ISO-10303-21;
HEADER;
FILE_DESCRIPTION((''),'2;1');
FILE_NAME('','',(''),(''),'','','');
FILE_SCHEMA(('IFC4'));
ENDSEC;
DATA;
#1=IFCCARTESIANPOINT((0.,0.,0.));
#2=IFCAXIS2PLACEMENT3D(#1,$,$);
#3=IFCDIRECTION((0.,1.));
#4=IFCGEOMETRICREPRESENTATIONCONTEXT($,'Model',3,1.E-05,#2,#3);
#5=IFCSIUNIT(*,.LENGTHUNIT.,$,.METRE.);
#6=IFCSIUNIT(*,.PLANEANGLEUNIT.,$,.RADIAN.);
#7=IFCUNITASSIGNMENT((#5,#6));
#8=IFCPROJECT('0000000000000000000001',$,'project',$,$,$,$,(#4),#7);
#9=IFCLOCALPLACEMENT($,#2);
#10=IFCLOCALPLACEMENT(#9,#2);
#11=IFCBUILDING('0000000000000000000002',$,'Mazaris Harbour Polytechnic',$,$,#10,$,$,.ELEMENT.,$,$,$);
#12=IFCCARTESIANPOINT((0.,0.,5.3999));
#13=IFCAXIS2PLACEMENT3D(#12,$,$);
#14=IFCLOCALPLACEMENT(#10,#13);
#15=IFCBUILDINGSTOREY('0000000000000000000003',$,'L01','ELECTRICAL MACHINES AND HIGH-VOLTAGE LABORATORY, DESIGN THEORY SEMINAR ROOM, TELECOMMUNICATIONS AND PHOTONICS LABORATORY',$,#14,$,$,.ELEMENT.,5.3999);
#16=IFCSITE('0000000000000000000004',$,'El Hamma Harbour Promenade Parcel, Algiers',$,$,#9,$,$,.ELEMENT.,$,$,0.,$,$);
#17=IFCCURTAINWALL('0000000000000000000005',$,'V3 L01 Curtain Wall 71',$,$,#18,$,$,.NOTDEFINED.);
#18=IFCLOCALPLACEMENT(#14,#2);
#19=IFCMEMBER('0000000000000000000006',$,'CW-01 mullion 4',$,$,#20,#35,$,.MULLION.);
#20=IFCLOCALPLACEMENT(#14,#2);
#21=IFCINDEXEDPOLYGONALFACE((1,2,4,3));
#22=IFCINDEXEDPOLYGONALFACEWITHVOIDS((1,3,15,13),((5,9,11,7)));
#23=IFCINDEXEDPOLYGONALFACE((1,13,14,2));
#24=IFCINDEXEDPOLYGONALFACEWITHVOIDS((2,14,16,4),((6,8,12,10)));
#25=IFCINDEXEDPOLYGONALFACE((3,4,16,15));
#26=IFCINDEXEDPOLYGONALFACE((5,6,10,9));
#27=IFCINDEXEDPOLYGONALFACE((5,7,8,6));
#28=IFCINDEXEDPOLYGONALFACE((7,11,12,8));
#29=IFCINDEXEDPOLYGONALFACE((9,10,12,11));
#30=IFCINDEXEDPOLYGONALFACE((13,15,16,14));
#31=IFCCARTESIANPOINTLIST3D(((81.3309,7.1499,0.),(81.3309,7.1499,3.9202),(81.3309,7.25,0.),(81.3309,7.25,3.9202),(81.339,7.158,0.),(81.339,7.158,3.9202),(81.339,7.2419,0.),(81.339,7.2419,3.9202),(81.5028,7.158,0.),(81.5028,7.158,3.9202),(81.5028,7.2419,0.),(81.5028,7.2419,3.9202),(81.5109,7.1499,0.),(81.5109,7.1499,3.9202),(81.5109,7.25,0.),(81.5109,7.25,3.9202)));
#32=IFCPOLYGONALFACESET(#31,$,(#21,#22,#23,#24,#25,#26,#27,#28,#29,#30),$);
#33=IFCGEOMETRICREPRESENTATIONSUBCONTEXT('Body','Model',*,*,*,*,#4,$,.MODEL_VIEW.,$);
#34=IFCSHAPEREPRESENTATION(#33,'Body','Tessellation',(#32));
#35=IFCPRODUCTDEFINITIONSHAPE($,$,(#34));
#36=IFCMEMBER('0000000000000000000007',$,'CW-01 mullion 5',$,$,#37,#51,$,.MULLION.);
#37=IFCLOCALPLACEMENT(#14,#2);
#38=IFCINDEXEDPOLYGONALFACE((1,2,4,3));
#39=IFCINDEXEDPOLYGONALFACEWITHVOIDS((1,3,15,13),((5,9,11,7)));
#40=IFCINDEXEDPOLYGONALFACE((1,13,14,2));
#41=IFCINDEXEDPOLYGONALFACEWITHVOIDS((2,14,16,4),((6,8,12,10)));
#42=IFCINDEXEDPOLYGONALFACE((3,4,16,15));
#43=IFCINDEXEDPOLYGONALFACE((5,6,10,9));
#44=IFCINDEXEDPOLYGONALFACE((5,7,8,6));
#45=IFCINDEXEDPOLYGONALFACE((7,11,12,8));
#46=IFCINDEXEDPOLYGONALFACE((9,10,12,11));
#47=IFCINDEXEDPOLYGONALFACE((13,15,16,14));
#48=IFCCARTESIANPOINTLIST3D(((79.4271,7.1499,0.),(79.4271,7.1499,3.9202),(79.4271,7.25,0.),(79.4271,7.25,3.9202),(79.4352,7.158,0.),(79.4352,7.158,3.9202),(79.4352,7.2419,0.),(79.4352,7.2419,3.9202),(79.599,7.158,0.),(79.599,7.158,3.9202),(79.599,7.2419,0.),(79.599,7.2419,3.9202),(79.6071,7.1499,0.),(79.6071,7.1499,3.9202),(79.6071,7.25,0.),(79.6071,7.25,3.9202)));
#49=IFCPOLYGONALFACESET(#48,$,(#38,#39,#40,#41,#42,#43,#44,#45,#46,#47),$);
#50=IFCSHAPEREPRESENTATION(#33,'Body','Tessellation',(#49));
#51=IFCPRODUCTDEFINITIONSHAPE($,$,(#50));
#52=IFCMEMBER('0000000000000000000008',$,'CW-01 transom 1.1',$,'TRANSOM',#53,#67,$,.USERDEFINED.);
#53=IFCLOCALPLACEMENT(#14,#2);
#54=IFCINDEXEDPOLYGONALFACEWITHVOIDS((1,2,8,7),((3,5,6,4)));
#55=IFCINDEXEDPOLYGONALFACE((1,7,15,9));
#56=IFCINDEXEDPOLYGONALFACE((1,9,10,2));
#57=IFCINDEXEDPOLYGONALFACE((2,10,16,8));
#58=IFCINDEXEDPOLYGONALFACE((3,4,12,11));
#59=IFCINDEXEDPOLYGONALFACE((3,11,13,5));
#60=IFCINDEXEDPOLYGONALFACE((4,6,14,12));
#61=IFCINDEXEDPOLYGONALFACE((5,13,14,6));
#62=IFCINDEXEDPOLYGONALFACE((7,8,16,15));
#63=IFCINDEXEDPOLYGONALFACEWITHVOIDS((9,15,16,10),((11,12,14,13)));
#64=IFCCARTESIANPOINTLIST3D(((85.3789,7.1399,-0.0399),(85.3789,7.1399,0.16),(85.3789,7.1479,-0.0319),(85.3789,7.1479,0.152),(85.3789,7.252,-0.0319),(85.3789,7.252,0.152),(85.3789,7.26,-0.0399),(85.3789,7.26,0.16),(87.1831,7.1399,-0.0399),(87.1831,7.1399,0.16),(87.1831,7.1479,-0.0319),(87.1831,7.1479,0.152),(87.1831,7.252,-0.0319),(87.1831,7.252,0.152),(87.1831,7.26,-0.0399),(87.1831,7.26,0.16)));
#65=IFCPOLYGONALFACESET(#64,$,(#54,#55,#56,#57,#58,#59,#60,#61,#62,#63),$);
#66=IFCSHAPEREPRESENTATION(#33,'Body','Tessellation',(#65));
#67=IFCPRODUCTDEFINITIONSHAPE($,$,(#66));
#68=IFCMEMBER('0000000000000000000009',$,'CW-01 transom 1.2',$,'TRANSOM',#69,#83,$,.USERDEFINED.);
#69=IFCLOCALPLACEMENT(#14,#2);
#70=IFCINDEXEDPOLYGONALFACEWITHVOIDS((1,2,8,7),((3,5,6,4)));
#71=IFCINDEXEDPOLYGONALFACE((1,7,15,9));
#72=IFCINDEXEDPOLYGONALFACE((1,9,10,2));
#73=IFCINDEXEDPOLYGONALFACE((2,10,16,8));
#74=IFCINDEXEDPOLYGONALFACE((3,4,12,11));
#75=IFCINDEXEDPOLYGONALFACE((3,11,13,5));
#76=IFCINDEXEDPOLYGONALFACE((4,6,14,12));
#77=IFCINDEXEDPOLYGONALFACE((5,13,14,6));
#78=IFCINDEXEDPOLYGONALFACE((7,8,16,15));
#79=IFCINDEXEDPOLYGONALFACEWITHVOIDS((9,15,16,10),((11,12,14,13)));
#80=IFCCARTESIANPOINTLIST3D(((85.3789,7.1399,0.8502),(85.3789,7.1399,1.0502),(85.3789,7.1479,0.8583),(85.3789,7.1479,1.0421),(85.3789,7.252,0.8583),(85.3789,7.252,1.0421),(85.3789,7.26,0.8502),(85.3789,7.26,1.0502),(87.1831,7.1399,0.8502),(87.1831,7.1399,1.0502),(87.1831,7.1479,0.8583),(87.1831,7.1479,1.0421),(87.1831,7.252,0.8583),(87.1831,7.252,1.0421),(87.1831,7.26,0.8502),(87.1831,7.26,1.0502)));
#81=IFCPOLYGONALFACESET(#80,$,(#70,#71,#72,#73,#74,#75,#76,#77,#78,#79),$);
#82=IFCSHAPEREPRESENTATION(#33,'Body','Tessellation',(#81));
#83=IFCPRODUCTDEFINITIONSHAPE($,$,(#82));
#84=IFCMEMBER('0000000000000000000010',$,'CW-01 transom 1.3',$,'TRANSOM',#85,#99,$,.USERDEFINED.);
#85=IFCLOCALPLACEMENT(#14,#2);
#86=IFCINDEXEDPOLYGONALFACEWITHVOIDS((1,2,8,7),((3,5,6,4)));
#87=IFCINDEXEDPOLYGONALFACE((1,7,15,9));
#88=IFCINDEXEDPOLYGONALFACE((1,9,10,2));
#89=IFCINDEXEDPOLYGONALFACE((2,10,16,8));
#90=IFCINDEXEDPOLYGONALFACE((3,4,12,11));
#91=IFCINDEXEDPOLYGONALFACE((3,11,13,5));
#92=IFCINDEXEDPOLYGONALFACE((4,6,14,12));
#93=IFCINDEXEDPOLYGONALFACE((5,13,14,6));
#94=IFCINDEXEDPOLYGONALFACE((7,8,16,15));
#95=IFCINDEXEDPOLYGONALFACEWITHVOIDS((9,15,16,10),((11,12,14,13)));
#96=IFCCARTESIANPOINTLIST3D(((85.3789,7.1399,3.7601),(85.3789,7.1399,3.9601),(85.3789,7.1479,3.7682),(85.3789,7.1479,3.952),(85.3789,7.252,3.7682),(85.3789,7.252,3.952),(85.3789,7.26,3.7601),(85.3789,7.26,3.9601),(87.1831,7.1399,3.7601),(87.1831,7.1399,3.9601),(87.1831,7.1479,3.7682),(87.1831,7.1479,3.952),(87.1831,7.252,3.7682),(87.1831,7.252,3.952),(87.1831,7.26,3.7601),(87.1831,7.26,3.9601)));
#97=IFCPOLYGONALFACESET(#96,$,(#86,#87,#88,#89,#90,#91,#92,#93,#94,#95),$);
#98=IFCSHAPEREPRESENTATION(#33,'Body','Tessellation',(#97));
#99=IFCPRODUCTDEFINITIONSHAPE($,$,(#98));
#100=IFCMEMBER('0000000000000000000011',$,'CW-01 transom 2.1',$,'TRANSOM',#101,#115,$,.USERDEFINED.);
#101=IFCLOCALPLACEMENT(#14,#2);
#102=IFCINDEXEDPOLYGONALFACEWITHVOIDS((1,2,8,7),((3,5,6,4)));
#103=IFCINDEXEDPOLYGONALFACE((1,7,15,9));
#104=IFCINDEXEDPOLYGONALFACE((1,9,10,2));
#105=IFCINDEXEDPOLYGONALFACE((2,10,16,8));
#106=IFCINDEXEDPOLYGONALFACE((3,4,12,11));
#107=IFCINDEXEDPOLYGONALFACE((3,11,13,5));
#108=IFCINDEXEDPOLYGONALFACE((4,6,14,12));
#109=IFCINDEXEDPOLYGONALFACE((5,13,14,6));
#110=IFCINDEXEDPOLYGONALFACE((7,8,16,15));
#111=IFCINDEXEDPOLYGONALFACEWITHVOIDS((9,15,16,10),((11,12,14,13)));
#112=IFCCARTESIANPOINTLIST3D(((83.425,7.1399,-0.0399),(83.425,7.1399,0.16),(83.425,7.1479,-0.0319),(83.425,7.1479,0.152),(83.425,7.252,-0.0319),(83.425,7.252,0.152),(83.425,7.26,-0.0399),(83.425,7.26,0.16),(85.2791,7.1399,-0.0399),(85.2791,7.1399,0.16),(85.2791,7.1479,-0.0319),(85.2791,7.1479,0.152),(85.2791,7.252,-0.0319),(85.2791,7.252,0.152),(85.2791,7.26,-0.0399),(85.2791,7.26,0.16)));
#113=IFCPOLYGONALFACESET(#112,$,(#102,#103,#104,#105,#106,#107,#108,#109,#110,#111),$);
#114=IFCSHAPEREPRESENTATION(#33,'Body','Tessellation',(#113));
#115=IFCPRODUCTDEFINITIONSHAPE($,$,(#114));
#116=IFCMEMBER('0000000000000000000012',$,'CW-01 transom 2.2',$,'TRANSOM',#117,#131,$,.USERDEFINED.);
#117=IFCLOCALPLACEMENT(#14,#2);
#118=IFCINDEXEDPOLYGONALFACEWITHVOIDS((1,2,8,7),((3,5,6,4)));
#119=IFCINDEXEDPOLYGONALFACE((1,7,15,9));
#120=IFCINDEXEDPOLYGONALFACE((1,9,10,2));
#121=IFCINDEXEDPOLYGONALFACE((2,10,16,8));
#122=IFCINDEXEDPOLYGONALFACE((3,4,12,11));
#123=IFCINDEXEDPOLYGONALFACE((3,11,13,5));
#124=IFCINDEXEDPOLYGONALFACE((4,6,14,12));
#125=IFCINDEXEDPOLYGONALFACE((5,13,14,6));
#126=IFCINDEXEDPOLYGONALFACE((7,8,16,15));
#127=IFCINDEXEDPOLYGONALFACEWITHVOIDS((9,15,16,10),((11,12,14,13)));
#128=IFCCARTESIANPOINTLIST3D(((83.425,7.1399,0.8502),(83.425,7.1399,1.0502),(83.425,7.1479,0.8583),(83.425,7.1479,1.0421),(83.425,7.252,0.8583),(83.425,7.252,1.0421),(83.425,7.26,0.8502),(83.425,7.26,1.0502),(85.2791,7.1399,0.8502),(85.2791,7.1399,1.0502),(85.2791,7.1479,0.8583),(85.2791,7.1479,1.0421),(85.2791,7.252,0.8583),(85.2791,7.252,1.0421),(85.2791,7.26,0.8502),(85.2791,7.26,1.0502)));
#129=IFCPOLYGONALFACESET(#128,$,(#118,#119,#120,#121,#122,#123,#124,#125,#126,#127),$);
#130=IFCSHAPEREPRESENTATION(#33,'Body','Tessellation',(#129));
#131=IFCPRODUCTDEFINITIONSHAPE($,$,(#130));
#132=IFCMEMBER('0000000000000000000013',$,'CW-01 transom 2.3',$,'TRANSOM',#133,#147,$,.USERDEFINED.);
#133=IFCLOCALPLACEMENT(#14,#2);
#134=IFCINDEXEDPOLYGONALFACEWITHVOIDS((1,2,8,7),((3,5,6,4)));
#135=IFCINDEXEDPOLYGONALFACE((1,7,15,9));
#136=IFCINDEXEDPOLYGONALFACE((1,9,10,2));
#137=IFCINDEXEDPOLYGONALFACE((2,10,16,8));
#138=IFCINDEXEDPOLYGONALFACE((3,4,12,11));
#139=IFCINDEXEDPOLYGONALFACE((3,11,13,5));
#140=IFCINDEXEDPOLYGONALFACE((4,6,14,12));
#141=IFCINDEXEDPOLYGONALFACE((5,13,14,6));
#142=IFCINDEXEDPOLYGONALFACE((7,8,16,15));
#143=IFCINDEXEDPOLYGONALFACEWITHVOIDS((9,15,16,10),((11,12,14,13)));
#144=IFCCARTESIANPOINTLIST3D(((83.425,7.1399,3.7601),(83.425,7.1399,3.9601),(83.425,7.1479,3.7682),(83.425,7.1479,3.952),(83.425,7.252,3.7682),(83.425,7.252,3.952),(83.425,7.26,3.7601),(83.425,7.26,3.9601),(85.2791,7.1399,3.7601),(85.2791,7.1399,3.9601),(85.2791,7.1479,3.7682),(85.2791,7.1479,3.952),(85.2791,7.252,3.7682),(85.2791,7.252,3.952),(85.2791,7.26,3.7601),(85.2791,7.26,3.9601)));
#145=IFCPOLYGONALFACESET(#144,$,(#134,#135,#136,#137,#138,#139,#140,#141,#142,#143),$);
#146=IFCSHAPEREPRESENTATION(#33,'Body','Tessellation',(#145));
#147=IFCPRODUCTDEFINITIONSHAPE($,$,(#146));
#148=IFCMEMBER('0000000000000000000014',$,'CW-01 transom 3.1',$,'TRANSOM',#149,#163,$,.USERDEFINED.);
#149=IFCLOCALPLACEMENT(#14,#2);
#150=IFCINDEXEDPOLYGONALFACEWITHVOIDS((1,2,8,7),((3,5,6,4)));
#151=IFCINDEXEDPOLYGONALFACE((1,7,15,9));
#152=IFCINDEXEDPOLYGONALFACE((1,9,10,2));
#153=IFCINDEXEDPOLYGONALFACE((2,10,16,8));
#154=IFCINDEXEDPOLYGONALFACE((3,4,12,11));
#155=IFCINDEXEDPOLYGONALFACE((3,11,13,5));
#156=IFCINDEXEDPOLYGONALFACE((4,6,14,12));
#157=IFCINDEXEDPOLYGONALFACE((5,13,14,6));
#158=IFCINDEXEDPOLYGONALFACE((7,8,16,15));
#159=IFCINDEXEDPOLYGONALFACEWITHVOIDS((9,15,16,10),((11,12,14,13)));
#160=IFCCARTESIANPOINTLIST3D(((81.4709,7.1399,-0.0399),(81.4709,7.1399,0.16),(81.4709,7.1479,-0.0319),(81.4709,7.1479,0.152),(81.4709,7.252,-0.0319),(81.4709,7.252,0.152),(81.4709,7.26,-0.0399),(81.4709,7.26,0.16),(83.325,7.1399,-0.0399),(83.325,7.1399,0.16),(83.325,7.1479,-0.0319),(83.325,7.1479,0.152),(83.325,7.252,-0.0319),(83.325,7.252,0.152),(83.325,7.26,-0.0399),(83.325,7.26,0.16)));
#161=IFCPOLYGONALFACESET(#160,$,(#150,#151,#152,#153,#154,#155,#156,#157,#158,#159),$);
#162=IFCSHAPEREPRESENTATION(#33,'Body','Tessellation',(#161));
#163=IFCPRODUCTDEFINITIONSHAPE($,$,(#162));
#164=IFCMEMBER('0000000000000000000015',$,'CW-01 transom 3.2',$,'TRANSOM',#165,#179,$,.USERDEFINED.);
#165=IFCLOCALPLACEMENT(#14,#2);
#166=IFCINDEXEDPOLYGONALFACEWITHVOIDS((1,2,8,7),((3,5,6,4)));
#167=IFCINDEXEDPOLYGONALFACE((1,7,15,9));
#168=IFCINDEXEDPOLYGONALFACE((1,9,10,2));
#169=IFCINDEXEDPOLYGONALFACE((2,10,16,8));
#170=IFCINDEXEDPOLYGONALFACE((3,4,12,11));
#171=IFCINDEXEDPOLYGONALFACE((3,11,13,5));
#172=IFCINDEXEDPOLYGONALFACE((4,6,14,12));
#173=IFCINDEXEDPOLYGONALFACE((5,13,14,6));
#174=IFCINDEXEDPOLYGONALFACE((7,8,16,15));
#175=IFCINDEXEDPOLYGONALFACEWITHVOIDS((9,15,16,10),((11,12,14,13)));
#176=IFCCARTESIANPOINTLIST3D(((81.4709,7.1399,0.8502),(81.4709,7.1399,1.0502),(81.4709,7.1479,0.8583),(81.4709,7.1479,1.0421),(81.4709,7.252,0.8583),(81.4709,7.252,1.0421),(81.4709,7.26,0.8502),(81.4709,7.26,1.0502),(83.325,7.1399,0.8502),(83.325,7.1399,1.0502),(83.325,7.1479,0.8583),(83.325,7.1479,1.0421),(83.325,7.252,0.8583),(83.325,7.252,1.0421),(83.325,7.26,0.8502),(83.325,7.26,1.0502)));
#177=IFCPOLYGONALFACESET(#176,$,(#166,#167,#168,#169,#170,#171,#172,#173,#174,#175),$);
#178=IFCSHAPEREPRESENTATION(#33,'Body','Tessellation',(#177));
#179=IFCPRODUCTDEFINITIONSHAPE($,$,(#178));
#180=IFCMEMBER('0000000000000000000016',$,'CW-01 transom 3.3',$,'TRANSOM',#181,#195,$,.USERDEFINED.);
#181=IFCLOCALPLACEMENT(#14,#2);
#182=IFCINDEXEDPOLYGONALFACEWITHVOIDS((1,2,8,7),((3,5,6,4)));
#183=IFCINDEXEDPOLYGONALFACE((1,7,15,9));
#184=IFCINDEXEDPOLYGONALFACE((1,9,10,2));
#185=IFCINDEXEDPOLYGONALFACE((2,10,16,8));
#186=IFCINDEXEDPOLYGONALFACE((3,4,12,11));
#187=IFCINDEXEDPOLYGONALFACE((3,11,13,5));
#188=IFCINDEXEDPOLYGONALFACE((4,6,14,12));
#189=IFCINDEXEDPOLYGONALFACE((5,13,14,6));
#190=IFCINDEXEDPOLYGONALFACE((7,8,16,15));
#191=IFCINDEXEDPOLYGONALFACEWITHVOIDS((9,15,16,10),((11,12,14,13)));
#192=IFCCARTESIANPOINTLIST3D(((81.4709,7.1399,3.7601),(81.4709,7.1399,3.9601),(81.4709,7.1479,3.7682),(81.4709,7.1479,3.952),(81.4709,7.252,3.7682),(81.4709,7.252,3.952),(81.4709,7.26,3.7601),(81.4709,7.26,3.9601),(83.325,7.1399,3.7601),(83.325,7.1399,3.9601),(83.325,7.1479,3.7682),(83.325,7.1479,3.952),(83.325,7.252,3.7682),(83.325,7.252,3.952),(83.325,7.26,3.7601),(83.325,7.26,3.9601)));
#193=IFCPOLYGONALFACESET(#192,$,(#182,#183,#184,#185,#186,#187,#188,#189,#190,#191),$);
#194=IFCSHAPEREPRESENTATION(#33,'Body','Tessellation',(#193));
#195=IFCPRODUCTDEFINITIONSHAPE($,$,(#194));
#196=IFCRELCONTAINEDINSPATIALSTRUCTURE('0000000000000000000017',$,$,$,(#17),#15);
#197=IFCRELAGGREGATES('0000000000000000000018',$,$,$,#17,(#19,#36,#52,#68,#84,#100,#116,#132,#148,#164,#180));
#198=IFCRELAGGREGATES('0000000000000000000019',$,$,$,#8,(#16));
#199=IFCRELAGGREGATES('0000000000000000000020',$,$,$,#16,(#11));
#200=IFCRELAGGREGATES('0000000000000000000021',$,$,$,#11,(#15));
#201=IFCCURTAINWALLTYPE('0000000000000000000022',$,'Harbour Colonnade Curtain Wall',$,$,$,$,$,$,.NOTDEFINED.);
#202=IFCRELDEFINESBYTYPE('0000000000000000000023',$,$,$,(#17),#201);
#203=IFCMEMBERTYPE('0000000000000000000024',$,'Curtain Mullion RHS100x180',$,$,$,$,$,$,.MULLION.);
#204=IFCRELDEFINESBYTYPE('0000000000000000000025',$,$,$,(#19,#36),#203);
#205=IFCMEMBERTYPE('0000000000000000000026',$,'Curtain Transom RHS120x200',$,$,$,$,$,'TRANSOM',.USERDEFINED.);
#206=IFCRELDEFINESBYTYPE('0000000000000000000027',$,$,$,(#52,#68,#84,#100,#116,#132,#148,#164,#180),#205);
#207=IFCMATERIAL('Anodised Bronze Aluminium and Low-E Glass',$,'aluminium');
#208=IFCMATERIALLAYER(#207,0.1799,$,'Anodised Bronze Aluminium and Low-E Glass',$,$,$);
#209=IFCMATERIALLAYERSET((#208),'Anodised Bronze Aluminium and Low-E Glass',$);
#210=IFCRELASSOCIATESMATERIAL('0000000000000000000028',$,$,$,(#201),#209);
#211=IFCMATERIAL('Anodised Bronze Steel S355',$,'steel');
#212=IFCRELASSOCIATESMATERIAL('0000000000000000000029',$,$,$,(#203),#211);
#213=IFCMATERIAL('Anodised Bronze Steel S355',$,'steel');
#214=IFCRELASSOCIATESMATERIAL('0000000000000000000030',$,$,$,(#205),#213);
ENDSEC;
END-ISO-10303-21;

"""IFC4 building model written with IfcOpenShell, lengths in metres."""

from ifc_helpers import new_model, si_unit, direction, frame, origin, origin_2d, place, context, subcontext, project, spatial, hollow_rectangle, extrude, material, layer, layer_set, material_profile, profile_set, type_object, element, aggregate, save


model = new_model("IFC4")

# Units and contexts
model_context = context("Model", 3, precision=1e-05, world=origin(), true_north=direction((0.0, 1.0)))
body_context = subcontext(model_context, "Body", "Model", "MODEL_VIEW")
ifc_project = project(units=[si_unit("LENGTHUNIT", "METRE"), si_unit("PLANEANGLEUNIT", "RADIAN")], contexts=[model_context])

# Site, building, storey
site_placement = place(None, origin())
site = spatial("IfcSite", under=ifc_project, at=site_placement, Name="El Hamma Harbour Promenade Parcel, Algiers", CompositionType="ELEMENT", RefElevation=0.0)
building_placement = place(site_placement, origin())
building = spatial("IfcBuilding", under=site, at=building_placement, Name="Mazaris Harbour Polytechnic", CompositionType="ELEMENT")
storey_placement = place(building_placement, frame((0.0, 0.0, 5.3999)))
storey = spatial("IfcBuildingStorey", under=building, at=storey_placement, Name="L01", Description="ELECTRICAL MACHINES AND HIGH-VOLTAGE LABORATORY, DESIGN THEORY SEMINAR ROOM, TELECOMMUNICATIONS AND PHOTONICS LABORATORY", CompositionType="ELEMENT", Elevation=5.3999)

# Curtain wall, members
ifc_material_1 = material(Name="Anodised Bronze Aluminium and Low-E Glass", Category="aluminium")
ifc_layer_1 = layer(ifc_material_1, 0.1799, Name="Anodised Bronze Aluminium and Low-E Glass")
ifc_layer_set_1 = layer_set([ifc_layer_1], Name="Anodised Bronze Aluminium and Low-E Glass")
curtain_wall_type = type_object("IfcCurtainWallType", Name="Harbour Colonnade Curtain Wall", PredefinedType="NOTDEFINED", material=ifc_layer_set_1)
curtain_wall_placement = place(storey_placement, origin())
curtain_wall = element("IfcCurtainWall", 1, at=curtain_wall_placement, inside=storey, type_object=curtain_wall_type, Name="V3 L01 Curtain Wall 71", PredefinedType="NOTDEFINED")
ifc_material_2 = material(Name="Anodised Bronze Steel S355", Category="steel")
ifc_material_profile_1 = material_profile(ifc_material_2, hollow_rectangle(XDim=0.1001, YDim=0.1799, WallThickness=0.0081, at=origin_2d()), Name="RHS 100x180x8.0")
ifc_profile_set_1 = profile_set([ifc_material_profile_1], Name="Anodised Bronze Steel S355")
member_type_1 = type_object("IfcMemberType", Name="Curtain Mullion RHS100x180", PredefinedType="MULLION", material=ifc_profile_set_1)
member_1_placement = place(storey_placement, frame((81.4209, 7.2, 0.0), z_axis=(0.0, 0.0, 1.0), x_axis=(0.0, -1.0, 0.0)))
member_1 = element("IfcMember", 2, at=member_1_placement, type_object=member_type_1, Name="CW-01 mullion 4", PredefinedType="MULLION", context=body_context, shape_type="SweptSolid", body=[
    extrude(hollow_rectangle(XDim=0.1001, YDim=0.1799, WallThickness=0.0081, at=origin_2d()), origin(), (0.0, 0.0, 1.0), 3.9202),
])
member_2_placement = place(storey_placement, frame((79.5171, 7.2, 0.0), z_axis=(0.0, 0.0, 1.0), x_axis=(0.0, -1.0, 0.0)))
member_2 = element("IfcMember", 3, at=member_2_placement, type_object=member_type_1, Name="CW-01 mullion 5", PredefinedType="MULLION", context=body_context, shape_type="SweptSolid", body=[
    extrude(hollow_rectangle(XDim=0.1001, YDim=0.1799, WallThickness=0.0081, at=origin_2d()), origin(), (0.0, 0.0, 1.0), 3.9202),
])
ifc_material_3 = material(Name="Anodised Bronze Steel S355", Category="steel")
ifc_material_profile_2 = material_profile(ifc_material_3, hollow_rectangle(XDim=0.1201, YDim=0.2, WallThickness=0.0081, at=origin_2d()), Name="RHS 120x200x8.0")
ifc_profile_set_2 = profile_set([ifc_material_profile_2], Name="Anodised Bronze Steel S355")
member_type_2 = type_object("IfcMemberType", Name="Curtain Transom RHS120x200", ElementType="TRANSOM", PredefinedType="USERDEFINED", material=ifc_profile_set_2)
member_3_placement = place(storey_placement, frame((87.1831, 7.2, 0.0601), z_axis=(-1.0, 0.0, 0.0), x_axis=(0.0, -1.0, 0.0)))
member_3 = element("IfcMember", 4, at=member_3_placement, type_object=member_type_2, Name="CW-01 transom 1.1", ObjectType="TRANSOM", PredefinedType="USERDEFINED", context=body_context, shape_type="SweptSolid", body=[
    extrude(hollow_rectangle(XDim=0.1201, YDim=0.2, WallThickness=0.0081, at=origin_2d()), origin(), (0.0, 0.0, 1.0), 1.8042),
])
member_4_placement = place(storey_placement, frame((87.1831, 7.2, 0.9502), z_axis=(-1.0, 0.0, 0.0), x_axis=(0.0, -1.0, 0.0)))
member_4 = element("IfcMember", 5, at=member_4_placement, type_object=member_type_2, Name="CW-01 transom 1.2", ObjectType="TRANSOM", PredefinedType="USERDEFINED", context=body_context, shape_type="SweptSolid", body=[
    extrude(hollow_rectangle(XDim=0.1201, YDim=0.2, WallThickness=0.0081, at=origin_2d()), origin(), (0.0, 0.0, 1.0), 1.8042),
])
member_5_placement = place(storey_placement, frame((87.1831, 7.2, 3.8601), z_axis=(-1.0, 0.0, 0.0), x_axis=(0.0, -1.0, 0.0)))
member_5 = element("IfcMember", 6, at=member_5_placement, type_object=member_type_2, Name="CW-01 transom 1.3", ObjectType="TRANSOM", PredefinedType="USERDEFINED", context=body_context, shape_type="SweptSolid", body=[
    extrude(hollow_rectangle(XDim=0.1201, YDim=0.2, WallThickness=0.0081, at=origin_2d()), origin(), (0.0, 0.0, 1.0), 1.8042),
])
member_6_placement = place(storey_placement, frame((85.2791, 7.2, 0.0601), z_axis=(-1.0, 0.0, 0.0), x_axis=(0.0, -1.0, 0.0)))
member_6 = element("IfcMember", 7, at=member_6_placement, type_object=member_type_2, Name="CW-01 transom 2.1", ObjectType="TRANSOM", PredefinedType="USERDEFINED", context=body_context, shape_type="SweptSolid", body=[
    extrude(hollow_rectangle(XDim=0.1201, YDim=0.2, WallThickness=0.0081, at=origin_2d()), origin(), (0.0, 0.0, 1.0), 1.854),
])
member_7_placement = place(storey_placement, frame((85.2791, 7.2, 0.9502), z_axis=(-1.0, 0.0, 0.0), x_axis=(0.0, -1.0, 0.0)))
member_7 = element("IfcMember", 8, at=member_7_placement, type_object=member_type_2, Name="CW-01 transom 2.2", ObjectType="TRANSOM", PredefinedType="USERDEFINED", context=body_context, shape_type="SweptSolid", body=[
    extrude(hollow_rectangle(XDim=0.1201, YDim=0.2, WallThickness=0.0081, at=origin_2d()), origin(), (0.0, 0.0, 1.0), 1.854),
])
member_8_placement = place(storey_placement, frame((85.2791, 7.2, 3.8601), z_axis=(-1.0, 0.0, 0.0), x_axis=(0.0, -1.0, 0.0)))
member_8 = element("IfcMember", 9, at=member_8_placement, type_object=member_type_2, Name="CW-01 transom 2.3", ObjectType="TRANSOM", PredefinedType="USERDEFINED", context=body_context, shape_type="SweptSolid", body=[
    extrude(hollow_rectangle(XDim=0.1201, YDim=0.2, WallThickness=0.0081, at=origin_2d()), origin(), (0.0, 0.0, 1.0), 1.854),
])
member_9_placement = place(storey_placement, frame((83.325, 7.2, 0.0601), z_axis=(-1.0, 0.0, 0.0), x_axis=(0.0, -1.0, 0.0)))
member_9 = element("IfcMember", 10, at=member_9_placement, type_object=member_type_2, Name="CW-01 transom 3.1", ObjectType="TRANSOM", PredefinedType="USERDEFINED", context=body_context, shape_type="SweptSolid", body=[
    extrude(hollow_rectangle(XDim=0.1201, YDim=0.2, WallThickness=0.0081, at=origin_2d()), origin(), (0.0, 0.0, 1.0), 1.854),
])
member_10_placement = place(storey_placement, frame((83.325, 7.2, 0.9502), z_axis=(-1.0, 0.0, 0.0), x_axis=(0.0, -1.0, 0.0)))
member_10 = element("IfcMember", 11, at=member_10_placement, type_object=member_type_2, Name="CW-01 transom 3.2", ObjectType="TRANSOM", PredefinedType="USERDEFINED", context=body_context, shape_type="SweptSolid", body=[
    extrude(hollow_rectangle(XDim=0.1201, YDim=0.2, WallThickness=0.0081, at=origin_2d()), origin(), (0.0, 0.0, 1.0), 1.854),
])
member_11_placement = place(storey_placement, frame((83.325, 7.2, 3.8601), z_axis=(-1.0, 0.0, 0.0), x_axis=(0.0, -1.0, 0.0)))
member_11 = element("IfcMember", 12, at=member_11_placement, type_object=member_type_2, Name="CW-01 transom 3.3", ObjectType="TRANSOM", PredefinedType="USERDEFINED", context=body_context, shape_type="SweptSolid", body=[
    extrude(hollow_rectangle(XDim=0.1201, YDim=0.2, WallThickness=0.0081, at=origin_2d()), origin(), (0.0, 0.0, 1.0), 1.854),
])

aggregate(curtain_wall, [member_1, member_2, member_3, member_4, member_5, member_6, member_7, member_8, member_9, member_10, member_11])

save(model, "model.ifc")
